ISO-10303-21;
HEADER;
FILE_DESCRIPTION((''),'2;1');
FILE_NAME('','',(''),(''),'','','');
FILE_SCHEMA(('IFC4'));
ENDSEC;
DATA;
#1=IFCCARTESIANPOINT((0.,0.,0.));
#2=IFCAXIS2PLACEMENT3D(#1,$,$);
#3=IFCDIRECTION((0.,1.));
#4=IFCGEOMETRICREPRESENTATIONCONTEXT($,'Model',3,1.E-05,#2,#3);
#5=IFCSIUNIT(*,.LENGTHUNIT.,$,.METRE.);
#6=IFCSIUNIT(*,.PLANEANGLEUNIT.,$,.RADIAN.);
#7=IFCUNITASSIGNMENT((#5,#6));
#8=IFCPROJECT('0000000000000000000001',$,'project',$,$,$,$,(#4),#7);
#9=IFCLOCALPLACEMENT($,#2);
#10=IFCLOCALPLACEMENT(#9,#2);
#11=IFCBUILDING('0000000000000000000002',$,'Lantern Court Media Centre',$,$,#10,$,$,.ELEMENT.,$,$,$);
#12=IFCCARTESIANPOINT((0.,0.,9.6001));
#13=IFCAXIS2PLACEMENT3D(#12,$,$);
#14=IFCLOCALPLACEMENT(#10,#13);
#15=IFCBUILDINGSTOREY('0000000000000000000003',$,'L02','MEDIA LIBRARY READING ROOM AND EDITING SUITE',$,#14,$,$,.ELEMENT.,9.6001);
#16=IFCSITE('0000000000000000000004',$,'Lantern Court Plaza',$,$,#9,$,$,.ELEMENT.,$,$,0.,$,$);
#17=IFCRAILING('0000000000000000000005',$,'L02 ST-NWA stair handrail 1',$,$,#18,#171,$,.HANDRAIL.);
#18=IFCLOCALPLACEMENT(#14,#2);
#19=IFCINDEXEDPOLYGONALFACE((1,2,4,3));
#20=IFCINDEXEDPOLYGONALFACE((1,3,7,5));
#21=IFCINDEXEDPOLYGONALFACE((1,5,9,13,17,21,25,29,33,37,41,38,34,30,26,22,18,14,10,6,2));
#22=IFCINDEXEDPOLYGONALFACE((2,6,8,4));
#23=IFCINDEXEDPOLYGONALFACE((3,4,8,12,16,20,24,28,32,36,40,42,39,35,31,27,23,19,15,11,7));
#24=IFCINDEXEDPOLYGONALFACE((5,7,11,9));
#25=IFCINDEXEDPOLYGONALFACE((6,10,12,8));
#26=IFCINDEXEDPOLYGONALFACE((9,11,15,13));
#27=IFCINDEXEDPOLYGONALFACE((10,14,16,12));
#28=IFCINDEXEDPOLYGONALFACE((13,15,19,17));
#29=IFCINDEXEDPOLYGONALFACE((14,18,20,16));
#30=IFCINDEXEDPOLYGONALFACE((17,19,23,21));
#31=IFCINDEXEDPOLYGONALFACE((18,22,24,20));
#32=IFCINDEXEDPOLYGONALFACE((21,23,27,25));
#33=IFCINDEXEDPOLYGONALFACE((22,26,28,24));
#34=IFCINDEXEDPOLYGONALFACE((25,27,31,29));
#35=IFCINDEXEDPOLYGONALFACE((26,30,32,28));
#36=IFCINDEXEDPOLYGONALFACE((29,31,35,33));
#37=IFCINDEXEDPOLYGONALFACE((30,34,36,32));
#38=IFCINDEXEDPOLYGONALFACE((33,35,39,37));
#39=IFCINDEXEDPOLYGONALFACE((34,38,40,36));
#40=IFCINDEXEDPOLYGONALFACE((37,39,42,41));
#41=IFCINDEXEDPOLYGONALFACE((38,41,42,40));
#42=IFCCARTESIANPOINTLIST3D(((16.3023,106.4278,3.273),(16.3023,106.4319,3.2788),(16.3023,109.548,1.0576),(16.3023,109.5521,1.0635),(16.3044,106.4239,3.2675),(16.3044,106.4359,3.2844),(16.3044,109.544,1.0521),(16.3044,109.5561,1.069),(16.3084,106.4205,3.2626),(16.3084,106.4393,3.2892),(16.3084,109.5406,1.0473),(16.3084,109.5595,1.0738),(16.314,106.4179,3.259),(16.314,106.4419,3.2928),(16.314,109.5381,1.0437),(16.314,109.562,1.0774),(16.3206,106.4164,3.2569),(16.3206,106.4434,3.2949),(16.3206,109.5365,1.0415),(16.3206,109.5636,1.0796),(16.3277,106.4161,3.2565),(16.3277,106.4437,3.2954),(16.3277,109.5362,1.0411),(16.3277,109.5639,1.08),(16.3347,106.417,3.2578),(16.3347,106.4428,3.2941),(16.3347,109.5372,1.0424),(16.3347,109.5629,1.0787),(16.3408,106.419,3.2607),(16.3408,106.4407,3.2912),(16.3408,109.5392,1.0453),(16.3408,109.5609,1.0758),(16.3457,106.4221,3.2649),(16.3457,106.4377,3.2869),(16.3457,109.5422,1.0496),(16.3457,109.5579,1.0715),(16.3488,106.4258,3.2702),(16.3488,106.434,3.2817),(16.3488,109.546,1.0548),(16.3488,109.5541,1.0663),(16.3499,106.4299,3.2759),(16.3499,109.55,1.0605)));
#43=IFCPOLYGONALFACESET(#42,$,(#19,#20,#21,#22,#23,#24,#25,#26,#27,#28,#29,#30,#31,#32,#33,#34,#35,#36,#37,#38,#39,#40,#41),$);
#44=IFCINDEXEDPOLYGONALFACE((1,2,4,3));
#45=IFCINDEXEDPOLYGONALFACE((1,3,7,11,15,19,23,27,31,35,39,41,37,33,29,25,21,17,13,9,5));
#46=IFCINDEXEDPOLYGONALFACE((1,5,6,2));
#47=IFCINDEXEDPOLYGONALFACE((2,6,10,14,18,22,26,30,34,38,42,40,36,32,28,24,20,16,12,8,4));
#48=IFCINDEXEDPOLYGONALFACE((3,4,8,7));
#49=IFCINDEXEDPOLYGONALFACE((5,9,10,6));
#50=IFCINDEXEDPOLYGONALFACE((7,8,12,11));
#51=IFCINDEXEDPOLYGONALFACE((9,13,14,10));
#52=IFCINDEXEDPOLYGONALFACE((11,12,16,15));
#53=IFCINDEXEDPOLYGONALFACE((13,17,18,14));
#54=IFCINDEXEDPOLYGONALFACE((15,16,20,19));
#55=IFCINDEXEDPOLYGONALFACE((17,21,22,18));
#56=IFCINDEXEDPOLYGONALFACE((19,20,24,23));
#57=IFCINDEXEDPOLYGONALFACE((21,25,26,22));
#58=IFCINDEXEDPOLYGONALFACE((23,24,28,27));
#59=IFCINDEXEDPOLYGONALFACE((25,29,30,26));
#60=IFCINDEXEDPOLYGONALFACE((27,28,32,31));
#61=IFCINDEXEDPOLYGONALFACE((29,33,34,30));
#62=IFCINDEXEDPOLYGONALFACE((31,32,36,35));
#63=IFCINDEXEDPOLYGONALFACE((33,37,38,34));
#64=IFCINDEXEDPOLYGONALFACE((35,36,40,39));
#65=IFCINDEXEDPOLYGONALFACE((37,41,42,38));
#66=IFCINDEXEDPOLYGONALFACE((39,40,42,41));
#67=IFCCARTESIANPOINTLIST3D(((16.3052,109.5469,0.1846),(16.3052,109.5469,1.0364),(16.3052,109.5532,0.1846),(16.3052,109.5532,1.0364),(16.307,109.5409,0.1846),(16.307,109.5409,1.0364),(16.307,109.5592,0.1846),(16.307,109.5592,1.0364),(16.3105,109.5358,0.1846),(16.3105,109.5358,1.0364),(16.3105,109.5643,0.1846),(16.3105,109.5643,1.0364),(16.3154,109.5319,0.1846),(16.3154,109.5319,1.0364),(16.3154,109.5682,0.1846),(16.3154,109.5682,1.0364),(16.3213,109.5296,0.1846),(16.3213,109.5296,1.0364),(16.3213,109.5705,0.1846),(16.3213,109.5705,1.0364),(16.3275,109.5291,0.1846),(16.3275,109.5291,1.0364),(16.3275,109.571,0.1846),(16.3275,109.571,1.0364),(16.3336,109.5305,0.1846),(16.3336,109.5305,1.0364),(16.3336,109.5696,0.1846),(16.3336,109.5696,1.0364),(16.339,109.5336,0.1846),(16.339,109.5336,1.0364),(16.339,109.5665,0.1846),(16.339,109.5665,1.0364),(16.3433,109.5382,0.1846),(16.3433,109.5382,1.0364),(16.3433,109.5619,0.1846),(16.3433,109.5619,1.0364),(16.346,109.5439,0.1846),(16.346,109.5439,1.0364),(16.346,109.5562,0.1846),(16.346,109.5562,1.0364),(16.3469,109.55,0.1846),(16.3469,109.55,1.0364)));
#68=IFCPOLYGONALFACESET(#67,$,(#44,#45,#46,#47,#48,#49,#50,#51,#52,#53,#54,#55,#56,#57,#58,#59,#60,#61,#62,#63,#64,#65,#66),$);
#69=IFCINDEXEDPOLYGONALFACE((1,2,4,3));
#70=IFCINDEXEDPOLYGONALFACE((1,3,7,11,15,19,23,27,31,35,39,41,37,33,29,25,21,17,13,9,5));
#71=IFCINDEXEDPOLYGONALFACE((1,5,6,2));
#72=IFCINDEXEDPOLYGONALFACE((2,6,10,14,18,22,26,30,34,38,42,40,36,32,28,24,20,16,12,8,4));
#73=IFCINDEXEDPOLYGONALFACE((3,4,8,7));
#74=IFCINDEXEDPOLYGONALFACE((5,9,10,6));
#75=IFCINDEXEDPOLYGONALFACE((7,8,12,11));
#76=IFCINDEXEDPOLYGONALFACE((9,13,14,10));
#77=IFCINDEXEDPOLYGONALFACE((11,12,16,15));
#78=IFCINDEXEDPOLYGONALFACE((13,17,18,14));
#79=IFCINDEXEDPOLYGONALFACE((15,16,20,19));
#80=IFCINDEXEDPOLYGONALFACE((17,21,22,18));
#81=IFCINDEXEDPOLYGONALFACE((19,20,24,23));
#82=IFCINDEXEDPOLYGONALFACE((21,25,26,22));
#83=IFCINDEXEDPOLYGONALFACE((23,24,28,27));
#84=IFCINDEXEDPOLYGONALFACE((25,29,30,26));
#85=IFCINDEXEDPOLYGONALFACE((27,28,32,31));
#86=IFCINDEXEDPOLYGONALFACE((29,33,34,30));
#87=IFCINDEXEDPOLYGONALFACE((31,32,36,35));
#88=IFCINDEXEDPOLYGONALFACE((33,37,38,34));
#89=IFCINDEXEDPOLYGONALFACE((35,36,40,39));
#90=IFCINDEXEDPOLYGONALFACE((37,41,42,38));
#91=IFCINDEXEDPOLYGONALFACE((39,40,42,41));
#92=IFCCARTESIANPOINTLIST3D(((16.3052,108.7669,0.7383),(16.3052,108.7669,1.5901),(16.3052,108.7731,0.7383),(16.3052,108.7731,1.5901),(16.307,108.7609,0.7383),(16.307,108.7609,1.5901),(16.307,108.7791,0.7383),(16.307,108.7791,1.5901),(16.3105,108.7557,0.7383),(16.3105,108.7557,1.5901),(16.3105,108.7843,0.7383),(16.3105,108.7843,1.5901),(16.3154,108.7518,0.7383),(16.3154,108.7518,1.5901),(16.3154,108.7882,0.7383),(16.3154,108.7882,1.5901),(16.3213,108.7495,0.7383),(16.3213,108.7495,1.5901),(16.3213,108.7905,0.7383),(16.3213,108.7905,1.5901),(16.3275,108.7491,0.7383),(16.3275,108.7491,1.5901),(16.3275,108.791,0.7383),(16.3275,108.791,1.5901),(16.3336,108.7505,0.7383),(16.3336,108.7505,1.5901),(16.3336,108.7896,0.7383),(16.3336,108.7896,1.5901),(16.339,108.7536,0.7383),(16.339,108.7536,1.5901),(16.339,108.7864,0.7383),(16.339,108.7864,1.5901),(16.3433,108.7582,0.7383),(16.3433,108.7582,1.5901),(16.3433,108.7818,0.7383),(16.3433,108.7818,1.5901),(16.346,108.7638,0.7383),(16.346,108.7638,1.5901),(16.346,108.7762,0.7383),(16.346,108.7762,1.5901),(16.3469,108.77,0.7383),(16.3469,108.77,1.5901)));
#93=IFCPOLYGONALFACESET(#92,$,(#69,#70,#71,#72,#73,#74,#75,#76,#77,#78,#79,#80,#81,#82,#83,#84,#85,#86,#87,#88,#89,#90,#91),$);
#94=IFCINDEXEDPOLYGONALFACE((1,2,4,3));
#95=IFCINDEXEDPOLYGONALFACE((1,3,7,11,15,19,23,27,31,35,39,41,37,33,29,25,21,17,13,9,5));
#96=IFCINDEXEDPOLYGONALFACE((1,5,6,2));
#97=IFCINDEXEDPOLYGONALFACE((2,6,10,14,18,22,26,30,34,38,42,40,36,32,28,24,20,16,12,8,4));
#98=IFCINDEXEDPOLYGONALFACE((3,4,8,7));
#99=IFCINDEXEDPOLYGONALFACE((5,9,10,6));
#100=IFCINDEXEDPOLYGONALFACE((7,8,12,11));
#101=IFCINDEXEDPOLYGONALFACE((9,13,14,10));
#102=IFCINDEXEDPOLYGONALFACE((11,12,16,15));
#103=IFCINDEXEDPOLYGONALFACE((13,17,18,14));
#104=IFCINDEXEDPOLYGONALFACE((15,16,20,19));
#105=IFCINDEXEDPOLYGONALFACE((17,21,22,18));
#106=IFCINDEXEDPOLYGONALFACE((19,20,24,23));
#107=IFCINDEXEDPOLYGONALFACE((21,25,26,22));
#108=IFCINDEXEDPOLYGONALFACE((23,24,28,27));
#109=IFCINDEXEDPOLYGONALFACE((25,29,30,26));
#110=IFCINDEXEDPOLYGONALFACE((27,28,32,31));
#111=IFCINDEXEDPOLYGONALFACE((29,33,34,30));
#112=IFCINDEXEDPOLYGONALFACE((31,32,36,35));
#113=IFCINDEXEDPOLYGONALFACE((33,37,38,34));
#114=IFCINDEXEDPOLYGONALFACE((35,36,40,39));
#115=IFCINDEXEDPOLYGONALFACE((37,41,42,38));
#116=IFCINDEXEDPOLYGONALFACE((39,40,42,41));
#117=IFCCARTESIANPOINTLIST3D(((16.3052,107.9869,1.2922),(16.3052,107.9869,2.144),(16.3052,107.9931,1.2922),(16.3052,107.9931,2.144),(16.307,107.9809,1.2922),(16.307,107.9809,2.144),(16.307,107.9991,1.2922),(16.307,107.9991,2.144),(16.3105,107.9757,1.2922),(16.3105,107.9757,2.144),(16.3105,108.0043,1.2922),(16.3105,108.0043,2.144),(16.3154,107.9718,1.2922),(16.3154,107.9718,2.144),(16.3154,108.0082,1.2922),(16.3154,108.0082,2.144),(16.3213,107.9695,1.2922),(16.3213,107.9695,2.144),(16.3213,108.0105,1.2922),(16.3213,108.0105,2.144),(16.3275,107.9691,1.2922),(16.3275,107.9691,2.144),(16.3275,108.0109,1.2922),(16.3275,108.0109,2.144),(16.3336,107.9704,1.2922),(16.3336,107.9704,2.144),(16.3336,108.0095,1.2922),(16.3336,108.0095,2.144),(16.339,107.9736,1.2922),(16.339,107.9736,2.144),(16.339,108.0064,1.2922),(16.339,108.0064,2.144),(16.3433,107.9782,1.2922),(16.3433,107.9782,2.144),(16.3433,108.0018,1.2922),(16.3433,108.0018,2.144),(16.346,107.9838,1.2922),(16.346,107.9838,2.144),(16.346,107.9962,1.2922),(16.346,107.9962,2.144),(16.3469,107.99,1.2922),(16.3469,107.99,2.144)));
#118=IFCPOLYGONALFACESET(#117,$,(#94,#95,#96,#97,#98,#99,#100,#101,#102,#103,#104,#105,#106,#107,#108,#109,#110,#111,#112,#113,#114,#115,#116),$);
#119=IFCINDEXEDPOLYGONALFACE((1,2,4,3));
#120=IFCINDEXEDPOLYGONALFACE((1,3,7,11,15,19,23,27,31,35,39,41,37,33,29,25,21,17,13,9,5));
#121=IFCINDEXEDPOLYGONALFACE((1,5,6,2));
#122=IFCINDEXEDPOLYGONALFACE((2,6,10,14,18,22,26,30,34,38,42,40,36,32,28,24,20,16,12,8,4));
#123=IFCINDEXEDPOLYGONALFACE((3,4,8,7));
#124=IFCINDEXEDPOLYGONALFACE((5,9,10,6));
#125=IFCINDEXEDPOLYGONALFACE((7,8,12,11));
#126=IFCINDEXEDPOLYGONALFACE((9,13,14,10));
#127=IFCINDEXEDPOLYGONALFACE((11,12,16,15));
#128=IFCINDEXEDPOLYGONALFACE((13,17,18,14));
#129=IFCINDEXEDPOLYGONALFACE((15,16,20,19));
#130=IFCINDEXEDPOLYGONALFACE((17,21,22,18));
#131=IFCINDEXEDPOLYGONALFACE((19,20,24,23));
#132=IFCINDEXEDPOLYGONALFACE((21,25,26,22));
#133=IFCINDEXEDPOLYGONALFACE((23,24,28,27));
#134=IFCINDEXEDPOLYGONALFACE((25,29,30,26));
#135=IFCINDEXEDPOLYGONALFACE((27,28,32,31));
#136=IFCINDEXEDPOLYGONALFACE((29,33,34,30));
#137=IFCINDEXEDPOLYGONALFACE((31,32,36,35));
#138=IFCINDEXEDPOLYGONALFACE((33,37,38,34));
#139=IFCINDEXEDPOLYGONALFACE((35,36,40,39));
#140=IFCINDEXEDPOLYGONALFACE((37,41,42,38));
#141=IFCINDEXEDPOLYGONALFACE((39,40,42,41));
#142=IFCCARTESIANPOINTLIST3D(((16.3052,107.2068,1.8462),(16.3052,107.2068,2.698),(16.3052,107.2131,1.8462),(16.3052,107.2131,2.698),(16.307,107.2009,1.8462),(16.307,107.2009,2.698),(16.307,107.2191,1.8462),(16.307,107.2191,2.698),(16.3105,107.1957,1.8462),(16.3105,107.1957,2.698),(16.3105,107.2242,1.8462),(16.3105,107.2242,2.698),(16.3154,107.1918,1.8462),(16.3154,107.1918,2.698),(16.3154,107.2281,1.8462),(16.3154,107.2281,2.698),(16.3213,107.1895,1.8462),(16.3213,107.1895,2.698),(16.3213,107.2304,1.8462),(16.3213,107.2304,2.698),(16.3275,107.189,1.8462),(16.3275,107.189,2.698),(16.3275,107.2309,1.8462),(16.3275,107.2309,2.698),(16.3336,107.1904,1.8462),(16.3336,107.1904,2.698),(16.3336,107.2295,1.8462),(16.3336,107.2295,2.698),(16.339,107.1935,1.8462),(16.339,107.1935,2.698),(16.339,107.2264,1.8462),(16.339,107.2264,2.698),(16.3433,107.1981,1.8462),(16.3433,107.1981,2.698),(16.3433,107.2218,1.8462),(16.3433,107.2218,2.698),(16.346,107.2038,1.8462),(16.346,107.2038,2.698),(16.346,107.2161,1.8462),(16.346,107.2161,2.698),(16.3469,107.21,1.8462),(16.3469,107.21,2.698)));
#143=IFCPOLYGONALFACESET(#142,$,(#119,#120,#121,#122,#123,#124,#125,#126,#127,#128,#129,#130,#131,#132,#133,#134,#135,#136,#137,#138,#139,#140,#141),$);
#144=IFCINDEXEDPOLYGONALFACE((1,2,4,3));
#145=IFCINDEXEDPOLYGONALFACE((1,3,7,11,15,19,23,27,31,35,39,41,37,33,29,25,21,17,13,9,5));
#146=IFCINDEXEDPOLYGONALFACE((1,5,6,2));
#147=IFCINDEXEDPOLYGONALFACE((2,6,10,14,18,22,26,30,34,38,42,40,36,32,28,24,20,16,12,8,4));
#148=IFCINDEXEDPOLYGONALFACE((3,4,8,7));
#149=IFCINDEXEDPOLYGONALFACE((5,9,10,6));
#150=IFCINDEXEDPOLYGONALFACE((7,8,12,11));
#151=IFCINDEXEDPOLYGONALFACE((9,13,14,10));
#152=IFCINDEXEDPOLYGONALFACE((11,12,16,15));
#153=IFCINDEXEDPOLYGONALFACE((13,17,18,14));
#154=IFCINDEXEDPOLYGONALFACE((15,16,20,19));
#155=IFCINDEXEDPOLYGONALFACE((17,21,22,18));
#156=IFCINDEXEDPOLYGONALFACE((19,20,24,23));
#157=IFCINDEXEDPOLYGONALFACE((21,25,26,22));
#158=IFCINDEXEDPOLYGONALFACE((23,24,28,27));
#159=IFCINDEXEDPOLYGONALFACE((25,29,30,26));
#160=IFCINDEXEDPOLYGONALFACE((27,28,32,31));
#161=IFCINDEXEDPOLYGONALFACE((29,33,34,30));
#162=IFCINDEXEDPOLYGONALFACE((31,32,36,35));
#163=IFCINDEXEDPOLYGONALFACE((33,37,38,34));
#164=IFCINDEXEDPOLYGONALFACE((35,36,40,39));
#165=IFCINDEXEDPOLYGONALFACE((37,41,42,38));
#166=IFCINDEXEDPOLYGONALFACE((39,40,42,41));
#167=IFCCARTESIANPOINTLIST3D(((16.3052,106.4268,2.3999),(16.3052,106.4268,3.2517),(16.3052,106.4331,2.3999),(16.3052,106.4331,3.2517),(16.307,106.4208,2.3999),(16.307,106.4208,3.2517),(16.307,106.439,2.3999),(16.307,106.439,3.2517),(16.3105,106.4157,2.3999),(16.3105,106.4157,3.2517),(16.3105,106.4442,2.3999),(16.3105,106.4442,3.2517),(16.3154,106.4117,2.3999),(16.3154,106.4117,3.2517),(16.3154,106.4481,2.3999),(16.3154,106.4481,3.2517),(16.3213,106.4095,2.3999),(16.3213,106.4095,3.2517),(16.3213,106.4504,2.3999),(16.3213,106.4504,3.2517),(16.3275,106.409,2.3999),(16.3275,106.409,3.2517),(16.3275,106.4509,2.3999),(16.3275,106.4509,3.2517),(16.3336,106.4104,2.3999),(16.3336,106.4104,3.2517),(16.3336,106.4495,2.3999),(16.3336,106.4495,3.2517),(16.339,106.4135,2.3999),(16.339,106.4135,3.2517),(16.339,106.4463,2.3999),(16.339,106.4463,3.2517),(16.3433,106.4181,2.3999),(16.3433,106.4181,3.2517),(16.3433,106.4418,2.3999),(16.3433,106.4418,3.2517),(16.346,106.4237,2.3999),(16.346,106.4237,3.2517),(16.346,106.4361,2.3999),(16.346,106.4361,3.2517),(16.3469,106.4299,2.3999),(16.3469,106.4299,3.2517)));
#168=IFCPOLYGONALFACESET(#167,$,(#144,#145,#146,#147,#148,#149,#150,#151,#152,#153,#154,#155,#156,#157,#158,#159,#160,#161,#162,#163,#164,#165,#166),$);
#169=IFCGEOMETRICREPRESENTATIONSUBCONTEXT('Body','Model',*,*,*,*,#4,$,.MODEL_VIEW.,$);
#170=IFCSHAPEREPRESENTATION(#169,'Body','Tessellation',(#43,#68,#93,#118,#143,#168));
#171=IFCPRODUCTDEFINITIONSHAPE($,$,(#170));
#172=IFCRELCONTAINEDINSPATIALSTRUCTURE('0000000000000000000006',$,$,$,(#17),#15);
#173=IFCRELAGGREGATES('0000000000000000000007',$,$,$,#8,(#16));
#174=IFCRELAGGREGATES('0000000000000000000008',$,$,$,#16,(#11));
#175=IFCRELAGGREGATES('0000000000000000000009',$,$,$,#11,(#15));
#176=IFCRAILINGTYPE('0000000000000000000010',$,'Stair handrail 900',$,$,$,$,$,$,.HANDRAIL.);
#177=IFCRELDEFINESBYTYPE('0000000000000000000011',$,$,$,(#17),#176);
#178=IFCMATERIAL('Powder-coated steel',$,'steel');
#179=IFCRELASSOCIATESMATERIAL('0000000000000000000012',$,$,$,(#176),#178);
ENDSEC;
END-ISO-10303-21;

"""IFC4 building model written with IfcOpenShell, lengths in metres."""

from ifc_helpers import new_model, si_unit, direction, frame, origin, origin_2d, place, context, subcontext, project, spatial, circle, extrude, material, type_object, element, save


model = new_model("IFC4")

# Units and contexts
model_context = context("Model", 3, precision=1e-05, world=origin(), true_north=direction((0.0, 1.0)))
body_context = subcontext(model_context, "Body", "Model", "MODEL_VIEW")
ifc_project = project(units=[si_unit("LENGTHUNIT", "METRE"), si_unit("PLANEANGLEUNIT", "RADIAN")], contexts=[model_context])

# Site, building, storey
site_placement = place(None, origin())
site = spatial("IfcSite", under=ifc_project, at=site_placement, Name="Lantern Court Plaza", CompositionType="ELEMENT", RefElevation=0.0)
building_placement = place(site_placement, origin())
building = spatial("IfcBuilding", under=site, at=building_placement, Name="Lantern Court Media Centre", CompositionType="ELEMENT")
storey_placement = place(building_placement, frame((0.0, 0.0, 9.6001)))
storey = spatial("IfcBuildingStorey", under=building, at=storey_placement, Name="L02", Description="MEDIA LIBRARY READING ROOM AND EDITING SUITE", CompositionType="ELEMENT", Elevation=9.6001)

# Shared definitions
ifc_material_1 = material(Name="Powder-coated steel", Category="steel")

# Railing
railing_type_1 = type_object("IfcRailingType", Name="Stair handrail 900", PredefinedType="HANDRAIL", material=ifc_material_1)
railing_1_placement = place(storey_placement, frame((16.3259, 109.55, 0.1846)))
element("IfcRailing", 1, at=railing_1_placement, inside=storey, type_object=railing_type_1, Name="L02 ST-NWA stair handrail 1", PredefinedType="HANDRAIL", context=body_context, shape_type="SweptSolid", body=[
    extrude(circle(Radius=0.0239, at=origin_2d()), frame((0.0, 0.0, 0.876), z_axis=(0.0, -0.815377, 0.57893), x_axis=(1.0, 0.0, 0.0)), (0.0, 0.0, 1.0), 3.8267),
    extrude(circle(Radius=0.021, at=origin_2d()), origin(), (0.0, 0.0, 1.0), 0.8518),
    extrude(circle(Radius=0.021, at=origin_2d()), frame((0.0, -0.78, 0.5537)), (0.0, 0.0, 1.0), 0.8518),
    extrude(circle(Radius=0.021, at=origin_2d()), frame((0.0, -1.5601, 1.1077)), (0.0, 0.0, 1.0), 0.8518),
    extrude(circle(Radius=0.021, at=origin_2d()), frame((0.0, -2.3401, 1.6616)), (0.0, 0.0, 1.0), 0.8518),
    extrude(circle(Radius=0.021, at=origin_2d()), frame((0.0, -3.1201, 2.2153)), (0.0, 0.0, 1.0), 0.8518),
])

save(model, "model.ifc")
